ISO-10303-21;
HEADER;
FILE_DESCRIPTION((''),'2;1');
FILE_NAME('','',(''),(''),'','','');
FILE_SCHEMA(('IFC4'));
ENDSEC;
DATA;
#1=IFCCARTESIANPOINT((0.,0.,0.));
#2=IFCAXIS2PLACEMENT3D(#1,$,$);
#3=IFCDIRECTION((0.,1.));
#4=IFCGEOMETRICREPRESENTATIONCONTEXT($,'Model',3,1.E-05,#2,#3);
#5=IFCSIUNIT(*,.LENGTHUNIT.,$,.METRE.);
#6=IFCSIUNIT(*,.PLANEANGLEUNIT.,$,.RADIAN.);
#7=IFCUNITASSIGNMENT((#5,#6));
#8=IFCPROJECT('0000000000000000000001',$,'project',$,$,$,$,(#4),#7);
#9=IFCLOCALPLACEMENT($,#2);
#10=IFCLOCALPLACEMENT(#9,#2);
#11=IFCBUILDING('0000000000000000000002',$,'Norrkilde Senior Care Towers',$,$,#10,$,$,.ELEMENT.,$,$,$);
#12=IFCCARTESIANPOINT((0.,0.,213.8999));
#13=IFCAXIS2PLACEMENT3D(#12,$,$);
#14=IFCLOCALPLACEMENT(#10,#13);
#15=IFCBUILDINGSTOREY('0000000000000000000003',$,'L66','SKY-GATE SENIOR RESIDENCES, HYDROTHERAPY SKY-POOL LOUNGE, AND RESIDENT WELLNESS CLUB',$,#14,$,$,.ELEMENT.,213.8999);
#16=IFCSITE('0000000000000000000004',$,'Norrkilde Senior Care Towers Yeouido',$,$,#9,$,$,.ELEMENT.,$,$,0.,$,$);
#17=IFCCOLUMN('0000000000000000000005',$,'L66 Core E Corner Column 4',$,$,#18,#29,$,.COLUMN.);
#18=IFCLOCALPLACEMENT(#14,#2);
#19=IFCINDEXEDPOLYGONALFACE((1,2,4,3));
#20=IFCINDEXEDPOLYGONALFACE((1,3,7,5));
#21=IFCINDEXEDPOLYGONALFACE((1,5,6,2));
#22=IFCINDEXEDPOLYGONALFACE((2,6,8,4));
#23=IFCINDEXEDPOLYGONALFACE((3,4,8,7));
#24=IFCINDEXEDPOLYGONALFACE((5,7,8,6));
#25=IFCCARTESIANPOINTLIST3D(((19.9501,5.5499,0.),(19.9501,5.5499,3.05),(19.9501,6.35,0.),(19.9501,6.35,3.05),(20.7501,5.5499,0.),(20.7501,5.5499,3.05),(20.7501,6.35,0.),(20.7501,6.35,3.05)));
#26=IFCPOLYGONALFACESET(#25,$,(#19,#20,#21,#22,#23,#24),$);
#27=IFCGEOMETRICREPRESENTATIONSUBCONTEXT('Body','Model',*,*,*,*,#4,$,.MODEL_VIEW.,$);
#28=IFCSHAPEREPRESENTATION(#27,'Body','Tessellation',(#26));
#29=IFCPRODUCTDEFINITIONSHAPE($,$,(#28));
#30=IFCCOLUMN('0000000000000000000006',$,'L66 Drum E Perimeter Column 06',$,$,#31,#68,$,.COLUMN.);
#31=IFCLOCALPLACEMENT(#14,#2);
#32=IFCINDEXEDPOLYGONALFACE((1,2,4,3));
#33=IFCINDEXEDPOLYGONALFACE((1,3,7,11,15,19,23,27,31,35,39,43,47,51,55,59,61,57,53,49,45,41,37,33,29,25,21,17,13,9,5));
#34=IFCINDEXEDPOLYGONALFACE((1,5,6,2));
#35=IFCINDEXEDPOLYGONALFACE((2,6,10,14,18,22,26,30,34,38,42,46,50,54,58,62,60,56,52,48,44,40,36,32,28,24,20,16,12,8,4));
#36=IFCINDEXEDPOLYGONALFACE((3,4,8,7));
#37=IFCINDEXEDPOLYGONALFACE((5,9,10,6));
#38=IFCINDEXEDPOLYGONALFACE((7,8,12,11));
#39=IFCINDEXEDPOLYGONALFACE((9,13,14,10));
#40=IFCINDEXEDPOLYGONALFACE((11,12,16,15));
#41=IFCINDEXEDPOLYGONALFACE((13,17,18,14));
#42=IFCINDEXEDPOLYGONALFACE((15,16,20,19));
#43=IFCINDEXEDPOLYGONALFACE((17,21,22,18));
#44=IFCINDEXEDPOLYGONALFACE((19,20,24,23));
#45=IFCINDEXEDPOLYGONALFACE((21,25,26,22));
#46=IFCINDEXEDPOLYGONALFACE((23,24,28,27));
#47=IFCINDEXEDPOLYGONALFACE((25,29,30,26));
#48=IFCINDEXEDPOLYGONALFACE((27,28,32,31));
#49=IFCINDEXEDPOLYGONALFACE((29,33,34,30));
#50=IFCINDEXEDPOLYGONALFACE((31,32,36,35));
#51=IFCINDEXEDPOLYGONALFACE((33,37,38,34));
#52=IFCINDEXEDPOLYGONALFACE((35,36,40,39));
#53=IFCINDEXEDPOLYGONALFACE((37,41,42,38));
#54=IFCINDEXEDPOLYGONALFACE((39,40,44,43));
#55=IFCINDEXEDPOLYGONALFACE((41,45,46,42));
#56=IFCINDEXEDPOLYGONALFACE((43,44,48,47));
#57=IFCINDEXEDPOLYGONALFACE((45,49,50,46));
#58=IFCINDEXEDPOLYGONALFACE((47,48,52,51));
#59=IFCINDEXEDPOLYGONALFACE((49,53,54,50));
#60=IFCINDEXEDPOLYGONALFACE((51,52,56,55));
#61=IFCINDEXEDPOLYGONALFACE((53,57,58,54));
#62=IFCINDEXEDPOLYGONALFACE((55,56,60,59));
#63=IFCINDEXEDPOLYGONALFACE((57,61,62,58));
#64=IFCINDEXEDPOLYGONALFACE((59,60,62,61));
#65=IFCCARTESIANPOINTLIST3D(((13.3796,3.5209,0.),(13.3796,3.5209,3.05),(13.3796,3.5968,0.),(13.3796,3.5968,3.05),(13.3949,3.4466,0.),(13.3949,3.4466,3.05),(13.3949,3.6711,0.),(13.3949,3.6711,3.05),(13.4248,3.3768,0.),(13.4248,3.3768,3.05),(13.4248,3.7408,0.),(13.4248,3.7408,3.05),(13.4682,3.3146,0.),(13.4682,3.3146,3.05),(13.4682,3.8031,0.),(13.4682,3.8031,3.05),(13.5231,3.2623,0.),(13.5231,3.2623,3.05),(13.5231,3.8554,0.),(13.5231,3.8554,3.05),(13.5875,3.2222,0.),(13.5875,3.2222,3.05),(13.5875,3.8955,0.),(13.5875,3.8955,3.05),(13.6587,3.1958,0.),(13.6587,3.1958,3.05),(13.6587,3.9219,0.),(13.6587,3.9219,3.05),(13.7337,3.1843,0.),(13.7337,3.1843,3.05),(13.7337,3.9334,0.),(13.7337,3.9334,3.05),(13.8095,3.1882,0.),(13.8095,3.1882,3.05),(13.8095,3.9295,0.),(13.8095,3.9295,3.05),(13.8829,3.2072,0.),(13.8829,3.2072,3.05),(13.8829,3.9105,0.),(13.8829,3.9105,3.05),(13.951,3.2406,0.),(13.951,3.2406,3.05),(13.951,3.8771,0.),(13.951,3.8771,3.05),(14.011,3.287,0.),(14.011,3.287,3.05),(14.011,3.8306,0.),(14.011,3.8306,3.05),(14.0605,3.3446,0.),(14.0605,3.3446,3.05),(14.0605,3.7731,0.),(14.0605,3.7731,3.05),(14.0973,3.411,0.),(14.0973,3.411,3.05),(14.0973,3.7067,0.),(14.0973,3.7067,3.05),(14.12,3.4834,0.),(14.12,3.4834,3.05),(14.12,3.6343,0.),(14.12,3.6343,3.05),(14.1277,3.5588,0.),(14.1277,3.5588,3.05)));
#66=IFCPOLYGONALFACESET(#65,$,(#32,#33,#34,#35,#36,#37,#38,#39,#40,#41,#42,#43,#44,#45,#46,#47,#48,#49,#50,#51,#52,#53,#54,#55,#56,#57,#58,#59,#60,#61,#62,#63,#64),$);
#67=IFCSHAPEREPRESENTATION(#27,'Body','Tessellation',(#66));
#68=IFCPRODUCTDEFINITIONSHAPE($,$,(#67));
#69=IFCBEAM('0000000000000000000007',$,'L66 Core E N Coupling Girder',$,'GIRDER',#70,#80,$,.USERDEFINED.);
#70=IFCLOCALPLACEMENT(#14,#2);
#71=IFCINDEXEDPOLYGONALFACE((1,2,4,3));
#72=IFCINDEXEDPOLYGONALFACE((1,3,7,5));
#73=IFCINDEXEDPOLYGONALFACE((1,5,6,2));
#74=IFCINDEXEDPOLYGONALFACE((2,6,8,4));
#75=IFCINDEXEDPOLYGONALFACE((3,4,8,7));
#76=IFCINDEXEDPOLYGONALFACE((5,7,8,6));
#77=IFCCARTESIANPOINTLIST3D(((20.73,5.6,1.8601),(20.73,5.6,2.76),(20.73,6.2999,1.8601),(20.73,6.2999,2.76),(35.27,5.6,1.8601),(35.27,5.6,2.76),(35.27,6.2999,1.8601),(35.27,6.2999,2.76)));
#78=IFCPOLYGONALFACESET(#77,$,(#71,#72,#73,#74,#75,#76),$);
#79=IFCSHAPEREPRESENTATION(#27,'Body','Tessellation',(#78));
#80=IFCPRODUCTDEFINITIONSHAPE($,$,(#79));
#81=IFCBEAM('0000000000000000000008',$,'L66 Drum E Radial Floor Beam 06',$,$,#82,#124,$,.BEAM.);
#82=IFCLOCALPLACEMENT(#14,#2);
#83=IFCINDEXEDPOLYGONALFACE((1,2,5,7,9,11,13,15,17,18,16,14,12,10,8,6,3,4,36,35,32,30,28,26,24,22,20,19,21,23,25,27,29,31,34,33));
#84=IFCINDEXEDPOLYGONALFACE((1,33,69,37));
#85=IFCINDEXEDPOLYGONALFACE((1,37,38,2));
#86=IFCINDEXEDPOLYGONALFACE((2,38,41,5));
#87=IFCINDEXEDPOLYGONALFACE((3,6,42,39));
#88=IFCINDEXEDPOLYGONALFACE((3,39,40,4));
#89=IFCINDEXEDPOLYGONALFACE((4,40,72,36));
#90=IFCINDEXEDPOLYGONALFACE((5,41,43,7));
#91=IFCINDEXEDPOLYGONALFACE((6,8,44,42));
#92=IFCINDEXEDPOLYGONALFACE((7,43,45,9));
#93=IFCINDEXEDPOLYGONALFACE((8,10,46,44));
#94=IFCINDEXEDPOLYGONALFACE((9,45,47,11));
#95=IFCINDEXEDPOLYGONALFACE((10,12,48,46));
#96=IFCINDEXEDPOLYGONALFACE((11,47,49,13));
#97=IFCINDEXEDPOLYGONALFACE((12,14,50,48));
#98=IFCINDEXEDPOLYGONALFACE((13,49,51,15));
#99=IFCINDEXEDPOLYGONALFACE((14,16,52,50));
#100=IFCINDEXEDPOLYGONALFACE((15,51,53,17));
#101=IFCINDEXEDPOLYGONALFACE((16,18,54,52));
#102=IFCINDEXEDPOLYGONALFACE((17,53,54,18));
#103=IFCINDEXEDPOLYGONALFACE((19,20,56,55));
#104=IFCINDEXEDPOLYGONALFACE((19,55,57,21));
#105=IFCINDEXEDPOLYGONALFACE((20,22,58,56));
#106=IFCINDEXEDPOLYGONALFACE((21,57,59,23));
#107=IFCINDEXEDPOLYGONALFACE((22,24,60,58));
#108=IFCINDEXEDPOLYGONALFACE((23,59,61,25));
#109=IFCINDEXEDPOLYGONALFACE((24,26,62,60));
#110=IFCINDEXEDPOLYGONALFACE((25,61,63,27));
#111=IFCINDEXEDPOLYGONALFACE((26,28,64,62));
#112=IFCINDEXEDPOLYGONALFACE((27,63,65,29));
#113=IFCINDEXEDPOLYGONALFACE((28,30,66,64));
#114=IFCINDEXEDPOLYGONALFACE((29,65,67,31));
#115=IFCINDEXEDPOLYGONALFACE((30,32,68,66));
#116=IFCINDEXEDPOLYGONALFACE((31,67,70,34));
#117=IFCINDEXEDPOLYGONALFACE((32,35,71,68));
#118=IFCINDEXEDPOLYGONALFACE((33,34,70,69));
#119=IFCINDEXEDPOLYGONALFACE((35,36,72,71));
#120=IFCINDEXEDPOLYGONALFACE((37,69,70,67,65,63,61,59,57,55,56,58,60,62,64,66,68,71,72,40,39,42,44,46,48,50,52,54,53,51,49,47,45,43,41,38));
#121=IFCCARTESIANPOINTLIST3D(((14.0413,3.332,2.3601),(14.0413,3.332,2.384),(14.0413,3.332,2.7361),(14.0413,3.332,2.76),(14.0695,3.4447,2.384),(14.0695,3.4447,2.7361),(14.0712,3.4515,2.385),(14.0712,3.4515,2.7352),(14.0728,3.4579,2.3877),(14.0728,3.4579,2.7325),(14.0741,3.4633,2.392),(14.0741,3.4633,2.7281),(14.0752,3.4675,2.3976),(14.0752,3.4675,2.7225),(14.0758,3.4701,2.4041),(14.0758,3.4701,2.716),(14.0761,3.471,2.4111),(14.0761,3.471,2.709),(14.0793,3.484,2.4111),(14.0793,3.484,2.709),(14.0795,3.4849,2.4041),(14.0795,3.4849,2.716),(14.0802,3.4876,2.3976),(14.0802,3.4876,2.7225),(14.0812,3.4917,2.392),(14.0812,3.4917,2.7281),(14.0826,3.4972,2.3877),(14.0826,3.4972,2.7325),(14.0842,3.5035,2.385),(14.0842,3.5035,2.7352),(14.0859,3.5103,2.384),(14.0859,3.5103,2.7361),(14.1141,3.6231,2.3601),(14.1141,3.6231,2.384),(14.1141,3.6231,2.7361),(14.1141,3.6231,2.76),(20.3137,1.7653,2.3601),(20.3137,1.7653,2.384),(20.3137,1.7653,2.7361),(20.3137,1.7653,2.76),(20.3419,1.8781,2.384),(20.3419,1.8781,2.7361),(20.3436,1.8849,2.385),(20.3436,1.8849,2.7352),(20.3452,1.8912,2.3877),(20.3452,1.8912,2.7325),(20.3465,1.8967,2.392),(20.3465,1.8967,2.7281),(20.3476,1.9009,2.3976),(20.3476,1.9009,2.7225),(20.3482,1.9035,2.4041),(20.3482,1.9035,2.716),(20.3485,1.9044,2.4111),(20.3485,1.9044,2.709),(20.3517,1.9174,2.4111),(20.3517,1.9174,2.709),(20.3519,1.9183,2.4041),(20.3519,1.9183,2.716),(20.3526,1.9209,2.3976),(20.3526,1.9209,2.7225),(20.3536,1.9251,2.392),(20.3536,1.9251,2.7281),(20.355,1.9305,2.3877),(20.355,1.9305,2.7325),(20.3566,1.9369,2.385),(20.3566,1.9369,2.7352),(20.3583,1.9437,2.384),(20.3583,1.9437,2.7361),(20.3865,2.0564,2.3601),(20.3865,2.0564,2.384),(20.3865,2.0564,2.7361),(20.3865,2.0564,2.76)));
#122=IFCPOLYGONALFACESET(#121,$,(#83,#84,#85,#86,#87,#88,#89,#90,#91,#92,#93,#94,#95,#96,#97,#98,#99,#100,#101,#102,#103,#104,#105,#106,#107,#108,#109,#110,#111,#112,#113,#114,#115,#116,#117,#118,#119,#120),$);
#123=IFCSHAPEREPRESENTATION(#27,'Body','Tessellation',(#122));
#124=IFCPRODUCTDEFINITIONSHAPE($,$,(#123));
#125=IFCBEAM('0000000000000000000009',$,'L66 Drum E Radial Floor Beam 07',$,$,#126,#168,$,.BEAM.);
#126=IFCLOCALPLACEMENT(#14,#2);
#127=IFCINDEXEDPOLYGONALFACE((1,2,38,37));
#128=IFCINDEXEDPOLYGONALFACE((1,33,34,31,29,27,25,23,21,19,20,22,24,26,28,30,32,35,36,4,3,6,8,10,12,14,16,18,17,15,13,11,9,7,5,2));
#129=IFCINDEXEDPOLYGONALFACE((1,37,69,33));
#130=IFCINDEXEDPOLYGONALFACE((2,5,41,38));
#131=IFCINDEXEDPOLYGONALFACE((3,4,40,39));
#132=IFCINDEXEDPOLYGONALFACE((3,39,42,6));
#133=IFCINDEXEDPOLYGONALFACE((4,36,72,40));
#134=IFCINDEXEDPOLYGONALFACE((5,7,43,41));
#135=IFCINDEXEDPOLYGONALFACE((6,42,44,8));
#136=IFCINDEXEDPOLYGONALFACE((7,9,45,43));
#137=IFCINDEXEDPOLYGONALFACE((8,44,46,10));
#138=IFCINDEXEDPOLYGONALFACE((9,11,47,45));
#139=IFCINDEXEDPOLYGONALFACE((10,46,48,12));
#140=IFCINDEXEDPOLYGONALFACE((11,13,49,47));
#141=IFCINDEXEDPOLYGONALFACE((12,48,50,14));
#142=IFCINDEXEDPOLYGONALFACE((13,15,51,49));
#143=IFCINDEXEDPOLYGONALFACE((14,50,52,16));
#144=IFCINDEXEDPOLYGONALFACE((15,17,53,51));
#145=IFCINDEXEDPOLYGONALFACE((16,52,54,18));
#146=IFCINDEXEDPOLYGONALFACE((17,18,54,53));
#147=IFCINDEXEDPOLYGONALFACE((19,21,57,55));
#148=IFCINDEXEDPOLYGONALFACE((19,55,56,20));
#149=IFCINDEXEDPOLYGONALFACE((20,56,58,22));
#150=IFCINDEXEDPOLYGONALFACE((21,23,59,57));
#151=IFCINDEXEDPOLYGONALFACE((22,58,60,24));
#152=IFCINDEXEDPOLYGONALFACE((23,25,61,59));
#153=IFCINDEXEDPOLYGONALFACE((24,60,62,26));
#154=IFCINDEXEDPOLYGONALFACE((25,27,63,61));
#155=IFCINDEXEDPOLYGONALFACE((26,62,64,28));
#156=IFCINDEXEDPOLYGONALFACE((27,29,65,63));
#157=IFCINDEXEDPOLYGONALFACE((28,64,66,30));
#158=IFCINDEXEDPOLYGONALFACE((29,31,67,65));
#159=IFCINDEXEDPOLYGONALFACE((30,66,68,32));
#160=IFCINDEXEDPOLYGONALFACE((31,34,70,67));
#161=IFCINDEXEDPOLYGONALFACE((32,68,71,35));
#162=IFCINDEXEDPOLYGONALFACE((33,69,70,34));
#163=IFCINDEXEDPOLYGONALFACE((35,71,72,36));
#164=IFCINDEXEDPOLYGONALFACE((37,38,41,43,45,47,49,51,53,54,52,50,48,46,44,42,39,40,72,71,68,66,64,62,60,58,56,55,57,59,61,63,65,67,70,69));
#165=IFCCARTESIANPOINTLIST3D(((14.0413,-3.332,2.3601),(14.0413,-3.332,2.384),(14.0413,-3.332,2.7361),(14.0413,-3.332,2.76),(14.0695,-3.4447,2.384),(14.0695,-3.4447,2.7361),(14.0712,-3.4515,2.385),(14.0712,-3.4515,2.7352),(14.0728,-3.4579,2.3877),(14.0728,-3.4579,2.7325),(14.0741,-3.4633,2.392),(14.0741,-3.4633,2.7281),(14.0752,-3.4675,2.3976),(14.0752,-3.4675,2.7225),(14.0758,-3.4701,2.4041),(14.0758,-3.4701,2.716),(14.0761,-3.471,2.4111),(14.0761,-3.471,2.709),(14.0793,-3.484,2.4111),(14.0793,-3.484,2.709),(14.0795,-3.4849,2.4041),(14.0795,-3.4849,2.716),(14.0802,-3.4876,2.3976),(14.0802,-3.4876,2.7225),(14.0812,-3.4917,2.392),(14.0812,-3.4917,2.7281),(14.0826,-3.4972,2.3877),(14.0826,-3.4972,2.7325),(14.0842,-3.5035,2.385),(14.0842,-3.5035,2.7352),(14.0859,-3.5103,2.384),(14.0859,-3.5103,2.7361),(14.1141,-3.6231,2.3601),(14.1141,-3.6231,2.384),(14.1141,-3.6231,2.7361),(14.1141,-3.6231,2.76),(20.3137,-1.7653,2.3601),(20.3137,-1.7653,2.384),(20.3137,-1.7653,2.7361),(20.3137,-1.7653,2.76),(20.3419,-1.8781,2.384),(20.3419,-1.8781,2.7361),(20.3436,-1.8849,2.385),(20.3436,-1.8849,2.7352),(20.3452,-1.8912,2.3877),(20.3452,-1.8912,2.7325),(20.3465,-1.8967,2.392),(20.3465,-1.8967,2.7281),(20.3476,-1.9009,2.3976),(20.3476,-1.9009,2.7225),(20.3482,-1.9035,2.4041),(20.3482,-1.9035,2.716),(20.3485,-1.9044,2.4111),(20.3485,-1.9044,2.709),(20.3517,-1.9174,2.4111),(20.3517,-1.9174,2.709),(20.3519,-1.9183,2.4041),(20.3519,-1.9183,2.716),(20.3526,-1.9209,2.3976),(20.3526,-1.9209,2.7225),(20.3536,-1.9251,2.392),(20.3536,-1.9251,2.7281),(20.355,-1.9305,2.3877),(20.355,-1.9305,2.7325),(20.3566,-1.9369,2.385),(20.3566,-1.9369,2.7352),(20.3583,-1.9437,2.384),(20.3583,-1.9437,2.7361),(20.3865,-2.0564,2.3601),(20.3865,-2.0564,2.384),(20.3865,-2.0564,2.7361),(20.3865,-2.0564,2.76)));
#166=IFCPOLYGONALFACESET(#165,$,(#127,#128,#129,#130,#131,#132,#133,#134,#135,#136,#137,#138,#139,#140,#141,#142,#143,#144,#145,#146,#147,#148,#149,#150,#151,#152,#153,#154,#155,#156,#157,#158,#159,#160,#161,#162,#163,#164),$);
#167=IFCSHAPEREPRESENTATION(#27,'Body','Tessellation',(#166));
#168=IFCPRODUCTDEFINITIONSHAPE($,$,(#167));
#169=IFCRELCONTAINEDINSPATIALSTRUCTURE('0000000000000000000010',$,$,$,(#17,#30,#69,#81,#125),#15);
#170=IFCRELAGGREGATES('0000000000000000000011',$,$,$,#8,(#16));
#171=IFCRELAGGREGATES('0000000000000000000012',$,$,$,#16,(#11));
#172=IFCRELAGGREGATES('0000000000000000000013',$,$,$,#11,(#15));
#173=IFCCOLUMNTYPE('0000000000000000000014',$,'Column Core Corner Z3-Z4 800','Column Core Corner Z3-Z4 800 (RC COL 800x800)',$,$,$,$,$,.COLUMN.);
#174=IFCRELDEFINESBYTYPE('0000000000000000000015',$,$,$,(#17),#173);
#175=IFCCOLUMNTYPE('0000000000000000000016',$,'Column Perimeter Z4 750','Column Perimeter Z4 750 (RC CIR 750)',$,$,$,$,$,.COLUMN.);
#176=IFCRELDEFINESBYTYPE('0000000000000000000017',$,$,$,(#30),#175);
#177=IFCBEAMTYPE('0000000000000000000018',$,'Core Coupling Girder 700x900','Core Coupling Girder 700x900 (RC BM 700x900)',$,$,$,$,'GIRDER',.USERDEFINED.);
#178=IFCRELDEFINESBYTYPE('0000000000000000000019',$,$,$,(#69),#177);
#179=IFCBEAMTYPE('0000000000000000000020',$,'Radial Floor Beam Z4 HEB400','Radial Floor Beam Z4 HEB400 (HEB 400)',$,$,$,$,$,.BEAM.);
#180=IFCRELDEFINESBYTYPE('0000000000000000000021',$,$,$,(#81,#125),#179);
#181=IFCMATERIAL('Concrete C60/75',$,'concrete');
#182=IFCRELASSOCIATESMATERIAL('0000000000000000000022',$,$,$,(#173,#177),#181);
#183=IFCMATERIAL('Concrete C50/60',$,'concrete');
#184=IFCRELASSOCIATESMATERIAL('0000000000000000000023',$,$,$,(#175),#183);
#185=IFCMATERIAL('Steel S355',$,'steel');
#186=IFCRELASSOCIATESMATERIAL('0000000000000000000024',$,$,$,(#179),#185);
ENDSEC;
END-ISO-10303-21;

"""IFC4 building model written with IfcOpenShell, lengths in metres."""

from ifc_helpers import new_model, si_unit, direction, frame, origin, origin_2d, place, context, subcontext, project, spatial, rectangle, circle, i_section, extrude, source, transform, mapped, material, material_profile, profile_set, type_object, type_shapes, element, save


model = new_model("IFC4")

# Units and contexts
model_context = context("Model", 3, precision=1e-05, world=origin(), true_north=direction((0.0, 1.0)))
body_context = subcontext(model_context, "Body", "Model", "MODEL_VIEW")
ifc_project = project(units=[si_unit("LENGTHUNIT", "METRE"), si_unit("PLANEANGLEUNIT", "RADIAN")], contexts=[model_context])

# Site, building, storey
site_placement = place(None, origin())
site = spatial("IfcSite", under=ifc_project, at=site_placement, Name="Norrkilde Senior Care Towers Yeouido", CompositionType="ELEMENT", RefElevation=0.0)
building_placement = place(site_placement, origin())
building = spatial("IfcBuilding", under=site, at=building_placement, Name="Norrkilde Senior Care Towers", CompositionType="ELEMENT")
storey_placement = place(building_placement, frame((0.0, 0.0, 213.8999)))
storey = spatial("IfcBuildingStorey", under=building, at=storey_placement, Name="L66", Description="SKY-GATE SENIOR RESIDENCES, HYDROTHERAPY SKY-POOL LOUNGE, AND RESIDENT WELLNESS CLUB", CompositionType="ELEMENT", Elevation=213.8999)

# Columns
ifc_material_1 = material(Name="Concrete C60/75", Category="concrete")
ifc_material_profile_1 = material_profile(ifc_material_1, rectangle(XDim=0.8, YDim=0.8, at=origin_2d()), Name="RC COL 800x800")
ifc_profile_set_1 = profile_set([ifc_material_profile_1], Name="Concrete C60/75")
column_type_1 = type_object("IfcColumnType", Name="Column Core Corner Z3-Z4 800", Description="Column Core Corner Z3-Z4 800 (RC COL 800x800)", PredefinedType="COLUMN", material=ifc_profile_set_1)
shared_shape_1 = source(origin(), body_context, "Body", "SweptSolid", [
    extrude(rectangle(XDim=0.8, YDim=0.8, at=origin_2d()), origin(), (0.0, 0.0, 1.0), 3.05),
])
type_shapes(column_type_1, [shared_shape_1])
column_1_placement = place(storey_placement, frame((20.3501, 5.95, 0.0), z_axis=(0.0, 0.0, 1.0), x_axis=(1.0, 0.0, 0.0)))
element("IfcColumn", 1, at=column_1_placement, inside=storey, type_object=column_type_1, Name="L66 Core E Corner Column 4", PredefinedType="COLUMN", context=body_context, shape_type="MappedRepresentation", body=[
    mapped(shared_shape_1, transform((0.0, 0.0, 0.0), x_axis=(1.0, 0.0, 0.0), y_axis=(0.0, 1.0, 0.0), z_axis=(0.0, 0.0, 1.0), scale=1.0)),
])
ifc_material_2 = material(Name="Concrete C50/60", Category="concrete")
ifc_material_profile_2 = material_profile(ifc_material_2, circle(Radius=0.375, at=origin_2d()), Name="RC CIR 750")
ifc_profile_set_2 = profile_set([ifc_material_profile_2], Name="Concrete C50/60")
column_type_2 = type_object("IfcColumnType", Name="Column Perimeter Z4 750", Description="Column Perimeter Z4 750 (RC CIR 750)", PredefinedType="COLUMN", material=ifc_profile_set_2)
shared_shape_2 = source(origin(), body_context, "Body", "SweptSolid", [
    extrude(circle(Radius=0.375, at=origin_2d()), origin(), (0.0, 0.0, 1.0), 3.05),
])
type_shapes(column_type_2, [shared_shape_2])
column_2_placement = place(storey_placement, frame((13.7527, 3.5588, 0.0), z_axis=(0.0, 0.0, 1.0), x_axis=(1.0, 0.0, 0.0)))
element("IfcColumn", 2, at=column_2_placement, inside=storey, type_object=column_type_2, Name="L66 Drum E Perimeter Column 06", PredefinedType="COLUMN", context=body_context, shape_type="MappedRepresentation", body=[
    mapped(shared_shape_2, transform((0.0, 0.0, 0.0), x_axis=(1.0, 0.0, 0.0), y_axis=(0.0, 1.0, 0.0), z_axis=(0.0, 0.0, 1.0), scale=1.0)),
])

# Beams
ifc_material_profile_3 = material_profile(ifc_material_1, rectangle(XDim=0.7, YDim=0.8999, at=origin_2d()), Name="RC BM 700x900")
ifc_profile_set_3 = profile_set([ifc_material_profile_3], Name="Concrete C60/75")
beam_type_1 = type_object("IfcBeamType", Name="Core Coupling Girder 700x900", Description="Core Coupling Girder 700x900 (RC BM 700x900)", ElementType="GIRDER", PredefinedType="USERDEFINED", material=ifc_profile_set_3)
shared_shape_3 = source(origin(), body_context, "Body", "SweptSolid", [
    extrude(rectangle(XDim=0.7, YDim=0.8999, at=origin_2d()), origin(), (0.0, 0.0, 1.0), 14.54),
])
type_shapes(beam_type_1, [shared_shape_3])
beam_1_placement = place(storey_placement, frame((20.73, 5.95, 2.3101), z_axis=(1.0, 0.0, 0.0), x_axis=(0.0, 1.0, 0.0)))
element("IfcBeam", 3, at=beam_1_placement, inside=storey, type_object=beam_type_1, Name="L66 Core E N Coupling Girder", ObjectType="GIRDER", PredefinedType="USERDEFINED", context=body_context, shape_type="MappedRepresentation", body=[
    mapped(shared_shape_3, transform((0.0, 0.0, 0.0), x_axis=(1.0, 0.0, 0.0), y_axis=(0.0, 1.0, 0.0), z_axis=(0.0, 0.0, 1.0), scale=1.0)),
])
ifc_material_3 = material(Name="Steel S355", Category="steel")
ifc_material_profile_4 = material_profile(ifc_material_3, i_section(OverallWidth=0.3, OverallDepth=0.3999, WebThickness=0.0134, FlangeThickness=0.0239, FilletRadius=0.0271, at=origin_2d()), Name="HEB 400")
ifc_profile_set_4 = profile_set([ifc_material_profile_4], Name="Steel S355")
beam_type_2 = type_object("IfcBeamType", Name="Radial Floor Beam Z4 HEB400", Description="Radial Floor Beam Z4 HEB400 (HEB 400)", PredefinedType="BEAM", material=ifc_profile_set_4)
shared_shape_4 = source(origin(), body_context, "Body", "SweptSolid", [
    extrude(i_section(OverallWidth=0.3, OverallDepth=0.3999, WebThickness=0.0134, FlangeThickness=0.0239, FilletRadius=0.0271, at=origin_2d()), origin(), (0.0, 0.0, 1.0), 6.4651),
])
for number, where, z_axis, x_axis, name in (
    (4, (20.3501, 1.9109, 2.5601), (-0.970196, 0.242322, 0.0), (-0.242322, -0.970196, 0.0), "L66 Drum E Radial Floor Beam 06"),
    (5, (20.3501, -1.9109, 2.5601), (-0.970196, -0.242322, 0.0), (0.242322, -0.970196, 0.0), "L66 Drum E Radial Floor Beam 07"),
):
    element("IfcBeam", number, at=place(storey_placement, frame(where, z_axis=z_axis, x_axis=x_axis)), inside=storey, type_object=beam_type_2, Name=name, PredefinedType="BEAM", context=body_context, shape_type="MappedRepresentation", body=[
        mapped(shared_shape_4, transform((0.0, 0.0, 0.0), x_axis=(1.0, 0.0, 0.0), y_axis=(0.0, 1.0, 0.0), z_axis=(0.0, 0.0, 1.0), scale=1.0)),
    ])

save(model, "model.ifc")
